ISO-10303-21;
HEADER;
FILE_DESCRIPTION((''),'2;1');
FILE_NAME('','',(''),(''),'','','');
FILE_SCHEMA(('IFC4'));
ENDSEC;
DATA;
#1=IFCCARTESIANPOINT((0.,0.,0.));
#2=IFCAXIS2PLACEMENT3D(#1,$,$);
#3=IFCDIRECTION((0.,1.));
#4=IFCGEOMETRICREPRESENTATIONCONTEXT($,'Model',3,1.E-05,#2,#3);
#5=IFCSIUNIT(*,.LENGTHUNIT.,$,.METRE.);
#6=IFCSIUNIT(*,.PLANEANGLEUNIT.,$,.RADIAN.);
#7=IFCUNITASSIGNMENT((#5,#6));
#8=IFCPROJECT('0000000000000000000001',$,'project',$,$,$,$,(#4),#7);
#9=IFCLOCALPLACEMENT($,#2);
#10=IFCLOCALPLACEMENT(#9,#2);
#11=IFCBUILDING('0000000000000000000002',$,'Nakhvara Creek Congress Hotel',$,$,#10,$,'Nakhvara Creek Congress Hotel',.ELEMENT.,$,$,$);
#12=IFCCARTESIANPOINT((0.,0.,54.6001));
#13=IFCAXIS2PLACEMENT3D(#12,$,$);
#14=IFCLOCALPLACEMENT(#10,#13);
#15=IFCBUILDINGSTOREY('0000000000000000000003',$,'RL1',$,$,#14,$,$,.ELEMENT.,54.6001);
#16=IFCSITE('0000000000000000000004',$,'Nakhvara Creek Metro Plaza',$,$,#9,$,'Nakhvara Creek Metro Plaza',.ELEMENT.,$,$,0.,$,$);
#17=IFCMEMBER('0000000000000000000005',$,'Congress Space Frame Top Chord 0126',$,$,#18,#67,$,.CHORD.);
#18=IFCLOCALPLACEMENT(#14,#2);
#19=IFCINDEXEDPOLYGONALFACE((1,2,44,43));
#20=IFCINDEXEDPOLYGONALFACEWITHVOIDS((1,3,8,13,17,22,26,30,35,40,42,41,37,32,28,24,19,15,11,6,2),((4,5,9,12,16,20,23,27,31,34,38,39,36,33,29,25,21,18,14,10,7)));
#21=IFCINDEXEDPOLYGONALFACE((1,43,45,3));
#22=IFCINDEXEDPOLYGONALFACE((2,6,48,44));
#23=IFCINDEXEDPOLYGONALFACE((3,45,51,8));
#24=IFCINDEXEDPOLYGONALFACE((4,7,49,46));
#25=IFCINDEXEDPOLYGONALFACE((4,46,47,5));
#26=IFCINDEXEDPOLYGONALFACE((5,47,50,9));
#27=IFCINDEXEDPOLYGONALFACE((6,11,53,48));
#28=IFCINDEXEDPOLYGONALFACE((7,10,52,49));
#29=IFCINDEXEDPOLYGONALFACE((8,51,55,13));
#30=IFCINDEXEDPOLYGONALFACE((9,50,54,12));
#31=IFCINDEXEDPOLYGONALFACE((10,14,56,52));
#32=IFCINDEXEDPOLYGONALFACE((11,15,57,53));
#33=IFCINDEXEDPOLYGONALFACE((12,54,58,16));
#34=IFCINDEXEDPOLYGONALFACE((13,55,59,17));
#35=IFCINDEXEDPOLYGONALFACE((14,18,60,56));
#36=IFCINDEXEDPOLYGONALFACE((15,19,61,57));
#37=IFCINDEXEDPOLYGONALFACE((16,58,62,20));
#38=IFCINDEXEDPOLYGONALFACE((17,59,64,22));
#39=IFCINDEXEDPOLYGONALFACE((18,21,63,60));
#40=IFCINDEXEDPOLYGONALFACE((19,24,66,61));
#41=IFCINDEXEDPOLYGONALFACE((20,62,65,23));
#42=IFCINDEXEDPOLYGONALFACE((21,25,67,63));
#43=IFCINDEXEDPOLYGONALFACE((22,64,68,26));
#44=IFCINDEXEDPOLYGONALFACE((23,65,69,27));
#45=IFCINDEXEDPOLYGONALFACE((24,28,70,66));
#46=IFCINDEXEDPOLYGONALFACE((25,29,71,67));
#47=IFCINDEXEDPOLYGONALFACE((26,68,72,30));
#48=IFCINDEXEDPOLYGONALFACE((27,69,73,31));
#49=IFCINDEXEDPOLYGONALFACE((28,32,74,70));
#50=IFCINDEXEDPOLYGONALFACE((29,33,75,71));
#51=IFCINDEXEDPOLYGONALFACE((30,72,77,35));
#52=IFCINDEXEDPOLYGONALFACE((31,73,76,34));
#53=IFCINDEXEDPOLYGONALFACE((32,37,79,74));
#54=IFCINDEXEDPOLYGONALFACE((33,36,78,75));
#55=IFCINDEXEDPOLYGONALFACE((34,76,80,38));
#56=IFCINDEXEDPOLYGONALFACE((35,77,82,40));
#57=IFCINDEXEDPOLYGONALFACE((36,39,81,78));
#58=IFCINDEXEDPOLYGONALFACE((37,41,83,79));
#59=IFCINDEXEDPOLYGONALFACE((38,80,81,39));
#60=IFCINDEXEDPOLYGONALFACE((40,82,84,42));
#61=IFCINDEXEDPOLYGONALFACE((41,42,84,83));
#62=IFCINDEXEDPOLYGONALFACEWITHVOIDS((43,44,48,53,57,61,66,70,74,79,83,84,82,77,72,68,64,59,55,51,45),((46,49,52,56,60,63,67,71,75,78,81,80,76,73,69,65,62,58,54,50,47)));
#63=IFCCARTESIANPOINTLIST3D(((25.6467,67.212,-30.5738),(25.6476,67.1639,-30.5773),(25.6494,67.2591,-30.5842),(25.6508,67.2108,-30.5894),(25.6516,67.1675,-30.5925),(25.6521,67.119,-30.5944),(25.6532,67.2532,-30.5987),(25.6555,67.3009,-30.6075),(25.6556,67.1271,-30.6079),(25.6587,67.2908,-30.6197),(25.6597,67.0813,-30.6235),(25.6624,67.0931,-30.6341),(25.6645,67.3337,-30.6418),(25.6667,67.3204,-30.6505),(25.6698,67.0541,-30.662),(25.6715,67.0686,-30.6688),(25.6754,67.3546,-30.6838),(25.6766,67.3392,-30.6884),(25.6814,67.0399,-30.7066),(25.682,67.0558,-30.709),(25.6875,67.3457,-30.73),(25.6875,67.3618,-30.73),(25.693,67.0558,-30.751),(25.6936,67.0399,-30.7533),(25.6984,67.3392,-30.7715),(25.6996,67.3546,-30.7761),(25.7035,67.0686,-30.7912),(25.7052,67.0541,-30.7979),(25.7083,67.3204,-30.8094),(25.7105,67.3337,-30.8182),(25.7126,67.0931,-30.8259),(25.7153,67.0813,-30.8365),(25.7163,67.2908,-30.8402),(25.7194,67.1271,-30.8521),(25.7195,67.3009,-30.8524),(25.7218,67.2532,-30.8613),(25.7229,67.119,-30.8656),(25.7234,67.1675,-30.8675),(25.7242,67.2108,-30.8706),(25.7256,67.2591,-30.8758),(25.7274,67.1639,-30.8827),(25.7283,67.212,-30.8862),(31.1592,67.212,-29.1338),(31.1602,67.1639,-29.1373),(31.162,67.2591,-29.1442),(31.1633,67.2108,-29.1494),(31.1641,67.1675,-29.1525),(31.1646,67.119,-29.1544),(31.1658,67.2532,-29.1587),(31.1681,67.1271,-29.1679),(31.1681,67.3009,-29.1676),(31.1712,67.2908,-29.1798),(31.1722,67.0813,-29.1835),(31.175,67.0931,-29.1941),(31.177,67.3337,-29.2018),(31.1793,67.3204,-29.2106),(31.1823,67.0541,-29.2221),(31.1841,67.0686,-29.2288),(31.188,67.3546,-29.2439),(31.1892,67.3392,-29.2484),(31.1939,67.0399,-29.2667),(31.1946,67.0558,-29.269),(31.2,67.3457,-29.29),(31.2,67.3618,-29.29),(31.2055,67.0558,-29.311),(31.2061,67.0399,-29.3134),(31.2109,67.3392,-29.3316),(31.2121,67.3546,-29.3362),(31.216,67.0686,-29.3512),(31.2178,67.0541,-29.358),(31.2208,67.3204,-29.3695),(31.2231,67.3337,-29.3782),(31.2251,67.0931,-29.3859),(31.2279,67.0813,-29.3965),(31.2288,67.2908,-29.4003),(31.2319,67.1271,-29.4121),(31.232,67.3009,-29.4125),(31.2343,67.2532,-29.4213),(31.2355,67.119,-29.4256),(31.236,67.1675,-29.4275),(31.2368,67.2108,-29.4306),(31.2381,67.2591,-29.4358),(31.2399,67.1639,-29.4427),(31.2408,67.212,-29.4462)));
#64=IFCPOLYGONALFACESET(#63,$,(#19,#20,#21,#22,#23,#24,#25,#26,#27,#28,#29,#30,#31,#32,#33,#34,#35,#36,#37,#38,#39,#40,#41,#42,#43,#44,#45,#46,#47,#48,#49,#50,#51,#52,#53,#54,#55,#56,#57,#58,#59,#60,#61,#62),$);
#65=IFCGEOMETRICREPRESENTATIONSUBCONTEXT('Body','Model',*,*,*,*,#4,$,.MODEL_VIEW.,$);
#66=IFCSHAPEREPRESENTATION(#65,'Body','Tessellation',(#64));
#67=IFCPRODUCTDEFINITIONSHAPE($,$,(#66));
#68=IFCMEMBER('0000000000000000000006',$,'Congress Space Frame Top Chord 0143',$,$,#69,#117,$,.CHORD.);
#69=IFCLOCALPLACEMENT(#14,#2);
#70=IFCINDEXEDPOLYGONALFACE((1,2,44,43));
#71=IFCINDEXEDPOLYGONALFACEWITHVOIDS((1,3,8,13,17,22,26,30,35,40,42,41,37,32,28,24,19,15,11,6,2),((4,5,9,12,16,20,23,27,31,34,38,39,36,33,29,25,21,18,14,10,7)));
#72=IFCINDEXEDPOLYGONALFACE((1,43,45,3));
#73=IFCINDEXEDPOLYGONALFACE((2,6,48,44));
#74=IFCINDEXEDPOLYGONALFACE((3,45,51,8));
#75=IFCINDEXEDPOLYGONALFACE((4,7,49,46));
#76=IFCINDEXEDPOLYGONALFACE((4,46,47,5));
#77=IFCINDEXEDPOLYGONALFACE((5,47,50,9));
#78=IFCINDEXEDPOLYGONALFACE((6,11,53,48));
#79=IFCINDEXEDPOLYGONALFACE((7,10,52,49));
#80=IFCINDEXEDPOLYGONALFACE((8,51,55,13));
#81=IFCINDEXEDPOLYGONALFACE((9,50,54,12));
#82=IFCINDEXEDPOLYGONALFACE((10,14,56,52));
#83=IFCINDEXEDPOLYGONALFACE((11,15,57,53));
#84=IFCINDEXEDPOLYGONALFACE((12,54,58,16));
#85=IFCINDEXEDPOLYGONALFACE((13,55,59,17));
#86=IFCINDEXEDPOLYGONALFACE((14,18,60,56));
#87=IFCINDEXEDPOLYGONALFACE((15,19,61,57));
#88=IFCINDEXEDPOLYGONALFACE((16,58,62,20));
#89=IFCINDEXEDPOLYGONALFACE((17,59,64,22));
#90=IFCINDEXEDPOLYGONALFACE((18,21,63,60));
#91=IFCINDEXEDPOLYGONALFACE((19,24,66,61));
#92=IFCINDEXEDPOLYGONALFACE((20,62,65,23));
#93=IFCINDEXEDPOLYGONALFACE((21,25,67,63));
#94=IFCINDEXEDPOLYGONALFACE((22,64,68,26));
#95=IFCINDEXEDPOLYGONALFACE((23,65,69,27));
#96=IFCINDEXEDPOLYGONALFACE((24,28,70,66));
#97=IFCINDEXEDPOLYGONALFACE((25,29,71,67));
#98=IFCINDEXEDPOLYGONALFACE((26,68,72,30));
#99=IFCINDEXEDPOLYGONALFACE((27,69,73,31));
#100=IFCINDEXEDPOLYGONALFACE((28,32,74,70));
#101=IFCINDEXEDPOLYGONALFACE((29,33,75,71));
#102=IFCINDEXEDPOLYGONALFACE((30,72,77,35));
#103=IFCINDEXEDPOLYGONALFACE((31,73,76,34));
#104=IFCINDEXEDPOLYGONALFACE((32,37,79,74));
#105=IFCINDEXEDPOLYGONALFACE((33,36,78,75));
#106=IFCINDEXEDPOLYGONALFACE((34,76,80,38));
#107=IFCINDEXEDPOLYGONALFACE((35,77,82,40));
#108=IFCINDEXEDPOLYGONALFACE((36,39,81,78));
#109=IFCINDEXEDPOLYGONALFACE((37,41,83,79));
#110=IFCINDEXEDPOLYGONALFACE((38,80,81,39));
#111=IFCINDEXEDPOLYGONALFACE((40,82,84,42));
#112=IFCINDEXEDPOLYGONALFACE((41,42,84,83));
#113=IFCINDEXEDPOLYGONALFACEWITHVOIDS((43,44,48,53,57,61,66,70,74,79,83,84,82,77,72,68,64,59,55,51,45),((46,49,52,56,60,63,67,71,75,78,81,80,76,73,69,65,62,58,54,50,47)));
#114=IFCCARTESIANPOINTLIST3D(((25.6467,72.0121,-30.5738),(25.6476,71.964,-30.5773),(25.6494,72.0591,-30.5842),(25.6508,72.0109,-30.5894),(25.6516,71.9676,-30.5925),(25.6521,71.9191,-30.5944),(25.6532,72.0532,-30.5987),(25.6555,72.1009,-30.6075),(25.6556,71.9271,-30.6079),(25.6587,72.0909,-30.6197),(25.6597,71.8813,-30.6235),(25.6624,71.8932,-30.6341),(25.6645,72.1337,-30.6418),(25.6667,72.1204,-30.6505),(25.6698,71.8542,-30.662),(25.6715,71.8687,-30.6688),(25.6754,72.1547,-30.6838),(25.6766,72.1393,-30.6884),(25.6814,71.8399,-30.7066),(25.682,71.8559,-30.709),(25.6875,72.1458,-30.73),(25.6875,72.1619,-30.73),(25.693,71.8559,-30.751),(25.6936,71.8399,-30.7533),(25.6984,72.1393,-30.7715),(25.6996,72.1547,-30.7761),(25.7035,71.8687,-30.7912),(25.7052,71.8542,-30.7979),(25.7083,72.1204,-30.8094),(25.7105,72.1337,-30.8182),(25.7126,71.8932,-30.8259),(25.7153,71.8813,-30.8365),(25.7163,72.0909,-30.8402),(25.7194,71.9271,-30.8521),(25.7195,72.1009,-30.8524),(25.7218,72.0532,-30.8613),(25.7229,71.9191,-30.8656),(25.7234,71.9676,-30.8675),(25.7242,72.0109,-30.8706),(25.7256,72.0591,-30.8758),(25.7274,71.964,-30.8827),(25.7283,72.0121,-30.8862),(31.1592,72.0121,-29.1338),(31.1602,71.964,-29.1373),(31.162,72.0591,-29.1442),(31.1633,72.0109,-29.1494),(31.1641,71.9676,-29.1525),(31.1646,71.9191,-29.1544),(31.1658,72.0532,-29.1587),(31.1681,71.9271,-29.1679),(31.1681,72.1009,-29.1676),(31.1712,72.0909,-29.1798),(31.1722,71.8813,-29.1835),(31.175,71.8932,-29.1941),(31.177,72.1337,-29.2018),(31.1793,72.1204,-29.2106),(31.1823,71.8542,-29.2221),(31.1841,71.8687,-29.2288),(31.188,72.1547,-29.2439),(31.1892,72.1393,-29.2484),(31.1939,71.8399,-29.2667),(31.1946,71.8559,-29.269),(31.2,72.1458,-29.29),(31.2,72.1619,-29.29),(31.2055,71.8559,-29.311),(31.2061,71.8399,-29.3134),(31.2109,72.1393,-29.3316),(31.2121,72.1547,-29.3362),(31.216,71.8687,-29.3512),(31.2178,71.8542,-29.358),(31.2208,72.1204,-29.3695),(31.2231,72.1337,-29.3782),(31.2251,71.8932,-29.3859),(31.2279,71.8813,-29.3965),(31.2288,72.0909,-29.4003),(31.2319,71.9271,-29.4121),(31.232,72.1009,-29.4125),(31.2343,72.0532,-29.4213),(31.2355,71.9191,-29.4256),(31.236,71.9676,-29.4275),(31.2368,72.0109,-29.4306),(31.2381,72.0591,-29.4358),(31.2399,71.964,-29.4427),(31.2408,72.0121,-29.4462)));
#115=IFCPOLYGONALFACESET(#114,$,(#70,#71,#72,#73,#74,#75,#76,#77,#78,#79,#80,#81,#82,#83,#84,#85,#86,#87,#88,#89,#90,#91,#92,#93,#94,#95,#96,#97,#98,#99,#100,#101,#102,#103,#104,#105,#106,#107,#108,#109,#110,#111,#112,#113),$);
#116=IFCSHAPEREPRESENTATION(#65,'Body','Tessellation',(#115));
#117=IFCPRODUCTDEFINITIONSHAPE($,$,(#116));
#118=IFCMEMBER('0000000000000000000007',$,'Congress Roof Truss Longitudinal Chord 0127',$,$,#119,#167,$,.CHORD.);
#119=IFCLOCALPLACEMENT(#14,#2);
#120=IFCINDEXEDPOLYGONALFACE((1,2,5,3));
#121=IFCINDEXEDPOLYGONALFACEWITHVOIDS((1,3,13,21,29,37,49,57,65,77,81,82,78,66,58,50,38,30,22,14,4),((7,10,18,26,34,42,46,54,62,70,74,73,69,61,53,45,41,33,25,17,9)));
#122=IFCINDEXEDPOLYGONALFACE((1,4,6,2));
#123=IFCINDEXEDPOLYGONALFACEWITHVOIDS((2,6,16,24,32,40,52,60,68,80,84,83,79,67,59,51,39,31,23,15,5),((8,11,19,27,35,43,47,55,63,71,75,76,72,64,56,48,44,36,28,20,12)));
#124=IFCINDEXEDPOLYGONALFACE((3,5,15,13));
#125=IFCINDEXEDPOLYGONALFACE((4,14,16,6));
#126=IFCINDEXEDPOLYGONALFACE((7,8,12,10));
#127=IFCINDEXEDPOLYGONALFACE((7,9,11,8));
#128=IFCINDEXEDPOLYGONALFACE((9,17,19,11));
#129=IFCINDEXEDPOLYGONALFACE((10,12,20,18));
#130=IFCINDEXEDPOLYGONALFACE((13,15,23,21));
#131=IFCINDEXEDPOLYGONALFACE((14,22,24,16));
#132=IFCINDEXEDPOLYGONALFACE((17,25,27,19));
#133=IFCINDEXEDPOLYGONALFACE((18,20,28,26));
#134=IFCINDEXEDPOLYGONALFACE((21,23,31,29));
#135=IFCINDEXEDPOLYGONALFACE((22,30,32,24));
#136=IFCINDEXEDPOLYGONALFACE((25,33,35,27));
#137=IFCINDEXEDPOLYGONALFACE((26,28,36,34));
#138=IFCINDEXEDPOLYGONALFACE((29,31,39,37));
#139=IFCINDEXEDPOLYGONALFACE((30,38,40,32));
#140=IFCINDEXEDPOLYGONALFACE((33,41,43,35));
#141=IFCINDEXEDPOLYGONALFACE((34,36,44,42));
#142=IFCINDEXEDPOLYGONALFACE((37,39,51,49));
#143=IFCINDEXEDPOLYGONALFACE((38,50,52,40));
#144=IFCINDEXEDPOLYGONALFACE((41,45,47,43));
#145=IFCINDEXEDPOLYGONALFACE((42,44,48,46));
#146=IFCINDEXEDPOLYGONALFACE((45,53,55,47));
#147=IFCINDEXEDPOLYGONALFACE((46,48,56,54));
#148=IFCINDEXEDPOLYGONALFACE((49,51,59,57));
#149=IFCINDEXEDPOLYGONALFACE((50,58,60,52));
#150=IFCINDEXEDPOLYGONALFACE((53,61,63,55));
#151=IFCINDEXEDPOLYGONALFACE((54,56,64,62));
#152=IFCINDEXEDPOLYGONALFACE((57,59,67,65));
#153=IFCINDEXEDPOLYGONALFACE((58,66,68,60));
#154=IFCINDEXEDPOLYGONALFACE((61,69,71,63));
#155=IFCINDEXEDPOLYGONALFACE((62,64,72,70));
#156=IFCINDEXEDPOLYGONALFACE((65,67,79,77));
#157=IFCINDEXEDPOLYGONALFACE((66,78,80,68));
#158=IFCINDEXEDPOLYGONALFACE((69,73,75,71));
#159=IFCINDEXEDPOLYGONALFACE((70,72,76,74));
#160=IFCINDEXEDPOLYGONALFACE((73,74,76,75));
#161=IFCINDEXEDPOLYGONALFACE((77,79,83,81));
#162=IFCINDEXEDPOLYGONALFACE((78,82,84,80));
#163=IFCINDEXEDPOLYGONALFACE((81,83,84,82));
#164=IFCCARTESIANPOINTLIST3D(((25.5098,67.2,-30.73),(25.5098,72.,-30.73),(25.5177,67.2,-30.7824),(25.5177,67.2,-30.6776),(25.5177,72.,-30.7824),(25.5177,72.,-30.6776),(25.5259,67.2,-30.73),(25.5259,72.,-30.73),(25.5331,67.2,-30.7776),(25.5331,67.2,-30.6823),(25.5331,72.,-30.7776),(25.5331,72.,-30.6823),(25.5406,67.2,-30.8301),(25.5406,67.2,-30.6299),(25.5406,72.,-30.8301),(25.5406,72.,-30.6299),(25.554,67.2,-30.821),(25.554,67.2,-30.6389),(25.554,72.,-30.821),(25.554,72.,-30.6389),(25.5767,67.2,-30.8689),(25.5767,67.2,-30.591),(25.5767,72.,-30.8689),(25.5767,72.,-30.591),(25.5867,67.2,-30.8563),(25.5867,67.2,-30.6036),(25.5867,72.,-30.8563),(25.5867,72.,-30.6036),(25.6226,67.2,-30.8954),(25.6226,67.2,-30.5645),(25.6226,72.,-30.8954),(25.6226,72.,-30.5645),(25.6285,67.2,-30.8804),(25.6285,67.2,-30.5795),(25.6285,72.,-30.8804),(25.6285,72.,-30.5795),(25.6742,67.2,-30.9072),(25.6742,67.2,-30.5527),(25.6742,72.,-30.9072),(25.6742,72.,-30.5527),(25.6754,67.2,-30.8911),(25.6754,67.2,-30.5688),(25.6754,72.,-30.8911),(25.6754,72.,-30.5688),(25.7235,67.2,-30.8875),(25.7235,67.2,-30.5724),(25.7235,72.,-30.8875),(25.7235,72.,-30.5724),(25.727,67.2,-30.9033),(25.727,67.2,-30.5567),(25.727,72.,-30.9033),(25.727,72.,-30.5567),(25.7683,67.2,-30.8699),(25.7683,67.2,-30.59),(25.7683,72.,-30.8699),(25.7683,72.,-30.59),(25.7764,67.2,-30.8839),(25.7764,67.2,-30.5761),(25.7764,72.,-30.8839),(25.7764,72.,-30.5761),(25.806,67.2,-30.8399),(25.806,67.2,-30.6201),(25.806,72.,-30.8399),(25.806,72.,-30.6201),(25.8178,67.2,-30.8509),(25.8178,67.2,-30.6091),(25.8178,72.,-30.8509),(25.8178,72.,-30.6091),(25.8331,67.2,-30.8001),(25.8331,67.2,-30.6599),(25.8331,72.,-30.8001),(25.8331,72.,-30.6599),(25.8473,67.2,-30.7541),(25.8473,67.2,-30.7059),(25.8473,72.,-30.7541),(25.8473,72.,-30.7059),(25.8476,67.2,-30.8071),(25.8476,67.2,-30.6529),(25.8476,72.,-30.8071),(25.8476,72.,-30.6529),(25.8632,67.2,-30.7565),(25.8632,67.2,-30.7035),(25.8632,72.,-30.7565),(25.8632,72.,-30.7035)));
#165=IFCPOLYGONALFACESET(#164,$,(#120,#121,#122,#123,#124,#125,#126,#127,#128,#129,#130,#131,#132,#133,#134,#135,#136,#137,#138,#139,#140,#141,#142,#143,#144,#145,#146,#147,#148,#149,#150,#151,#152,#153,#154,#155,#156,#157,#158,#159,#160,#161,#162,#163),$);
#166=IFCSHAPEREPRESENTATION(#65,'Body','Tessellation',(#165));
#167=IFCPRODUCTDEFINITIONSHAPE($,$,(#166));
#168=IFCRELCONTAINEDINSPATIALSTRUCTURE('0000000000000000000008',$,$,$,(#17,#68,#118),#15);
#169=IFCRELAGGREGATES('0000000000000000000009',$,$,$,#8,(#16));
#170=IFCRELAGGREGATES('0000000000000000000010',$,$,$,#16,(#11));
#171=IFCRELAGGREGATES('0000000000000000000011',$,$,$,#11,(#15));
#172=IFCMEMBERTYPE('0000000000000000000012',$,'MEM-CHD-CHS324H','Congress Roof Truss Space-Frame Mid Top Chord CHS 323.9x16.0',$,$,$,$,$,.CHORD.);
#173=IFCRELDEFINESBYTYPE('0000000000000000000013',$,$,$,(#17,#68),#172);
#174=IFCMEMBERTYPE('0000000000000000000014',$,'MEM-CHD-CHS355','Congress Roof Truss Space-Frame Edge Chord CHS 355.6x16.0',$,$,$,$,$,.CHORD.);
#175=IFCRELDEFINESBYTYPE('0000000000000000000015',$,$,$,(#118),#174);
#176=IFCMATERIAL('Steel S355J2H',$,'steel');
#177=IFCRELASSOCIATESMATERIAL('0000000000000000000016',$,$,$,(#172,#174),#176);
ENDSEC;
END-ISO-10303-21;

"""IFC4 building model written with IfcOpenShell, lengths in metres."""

from ifc_helpers import new_model, si_unit, direction, frame, origin, origin_2d, place, context, subcontext, project, spatial, hollow_circle, extrude, material, material_profile, profile_set, type_object, element, save


model = new_model("IFC4")

# Units and contexts
model_context = context("Model", 3, precision=1e-05, world=origin(), true_north=direction((0.0, 1.0)))
body_context = subcontext(model_context, "Body", "Model", "MODEL_VIEW")
ifc_project = project(units=[si_unit("LENGTHUNIT", "METRE"), si_unit("PLANEANGLEUNIT", "RADIAN")], contexts=[model_context])

# Site, building, storey
site_placement = place(None, origin())
site = spatial("IfcSite", under=ifc_project, at=site_placement, Name="Nakhvara Creek Metro Plaza", LongName="Nakhvara Creek Metro Plaza", CompositionType="ELEMENT", RefElevation=0.0)
building_placement = place(site_placement, origin())
building = spatial("IfcBuilding", under=site, at=building_placement, Name="Nakhvara Creek Congress Hotel", LongName="Nakhvara Creek Congress Hotel", CompositionType="ELEMENT")
storey_placement = place(building_placement, frame((0.0, 0.0, 54.6001)))
storey = spatial("IfcBuildingStorey", under=building, at=storey_placement, Name="RL1", CompositionType="ELEMENT", Elevation=54.6001)

# Members
ifc_material_1 = material(Name="Steel S355J2H", Category="steel")
ifc_material_profile_1 = material_profile(ifc_material_1, hollow_circle(Radius=0.1619, WallThickness=0.0161, at=origin_2d()), Name="CHS 323.9x16.0", Category="LoadBearing")
ifc_profile_set_1 = profile_set([ifc_material_profile_1], Name="Steel S355J2H")
member_type_1 = type_object("IfcMemberType", Name="MEM-CHD-CHS324H", Description="Congress Roof Truss Space-Frame Mid Top Chord CHS 323.9x16.0", PredefinedType="CHORD", material=ifc_profile_set_1)
for number, where, z_axis, x_axis, name in (
    (1, (25.6875, 67.2, -30.73), (0.967535, 0.0, 0.252736), (0.0, 1.0, 0.0), "Congress Space Frame Top Chord 0126"),
    (2, (25.6875, 72.0, -30.73), (0.967535, 0.0, 0.252736), (0.0, 1.0, 0.0), "Congress Space Frame Top Chord 0143"),
):
    element("IfcMember", number, at=place(storey_placement, frame(where, z_axis=z_axis, x_axis=x_axis)), inside=storey, type_object=member_type_1, Name=name, PredefinedType="CHORD", context=body_context, shape_type="SweptSolid", body=[
        extrude(hollow_circle(Radius=0.1619, WallThickness=0.0161, at=origin_2d()), origin(), (0.0, 0.0, 1.0), 5.6975),
    ])
ifc_material_profile_2 = material_profile(ifc_material_1, hollow_circle(Radius=0.1777, WallThickness=0.0161, at=origin_2d()), Name="CHS 355.6x16.0", Category="LoadBearing")
ifc_profile_set_2 = profile_set([ifc_material_profile_2], Name="Steel S355J2H")
member_type_2 = type_object("IfcMemberType", Name="MEM-CHD-CHS355", Description="Congress Roof Truss Space-Frame Edge Chord CHS 355.6x16.0", PredefinedType="CHORD", material=ifc_profile_set_2)
for number, where, z_axis, x_axis, name in (
    (3, (25.6875, 67.2, -30.73), (0.0, 1.0, 0.0), (-1.0, 0.0, 0.0), "Congress Roof Truss Longitudinal Chord 0127"),
):
    element("IfcMember", number, at=place(storey_placement, frame(where, z_axis=z_axis, x_axis=x_axis)), inside=storey, type_object=member_type_2, Name=name, PredefinedType="CHORD", context=body_context, shape_type="SweptSolid", body=[
        extrude(hollow_circle(Radius=0.1777, WallThickness=0.0161, at=origin_2d()), origin(), (0.0, 0.0, 1.0), 4.8),
    ])

save(model, "model.ifc")
